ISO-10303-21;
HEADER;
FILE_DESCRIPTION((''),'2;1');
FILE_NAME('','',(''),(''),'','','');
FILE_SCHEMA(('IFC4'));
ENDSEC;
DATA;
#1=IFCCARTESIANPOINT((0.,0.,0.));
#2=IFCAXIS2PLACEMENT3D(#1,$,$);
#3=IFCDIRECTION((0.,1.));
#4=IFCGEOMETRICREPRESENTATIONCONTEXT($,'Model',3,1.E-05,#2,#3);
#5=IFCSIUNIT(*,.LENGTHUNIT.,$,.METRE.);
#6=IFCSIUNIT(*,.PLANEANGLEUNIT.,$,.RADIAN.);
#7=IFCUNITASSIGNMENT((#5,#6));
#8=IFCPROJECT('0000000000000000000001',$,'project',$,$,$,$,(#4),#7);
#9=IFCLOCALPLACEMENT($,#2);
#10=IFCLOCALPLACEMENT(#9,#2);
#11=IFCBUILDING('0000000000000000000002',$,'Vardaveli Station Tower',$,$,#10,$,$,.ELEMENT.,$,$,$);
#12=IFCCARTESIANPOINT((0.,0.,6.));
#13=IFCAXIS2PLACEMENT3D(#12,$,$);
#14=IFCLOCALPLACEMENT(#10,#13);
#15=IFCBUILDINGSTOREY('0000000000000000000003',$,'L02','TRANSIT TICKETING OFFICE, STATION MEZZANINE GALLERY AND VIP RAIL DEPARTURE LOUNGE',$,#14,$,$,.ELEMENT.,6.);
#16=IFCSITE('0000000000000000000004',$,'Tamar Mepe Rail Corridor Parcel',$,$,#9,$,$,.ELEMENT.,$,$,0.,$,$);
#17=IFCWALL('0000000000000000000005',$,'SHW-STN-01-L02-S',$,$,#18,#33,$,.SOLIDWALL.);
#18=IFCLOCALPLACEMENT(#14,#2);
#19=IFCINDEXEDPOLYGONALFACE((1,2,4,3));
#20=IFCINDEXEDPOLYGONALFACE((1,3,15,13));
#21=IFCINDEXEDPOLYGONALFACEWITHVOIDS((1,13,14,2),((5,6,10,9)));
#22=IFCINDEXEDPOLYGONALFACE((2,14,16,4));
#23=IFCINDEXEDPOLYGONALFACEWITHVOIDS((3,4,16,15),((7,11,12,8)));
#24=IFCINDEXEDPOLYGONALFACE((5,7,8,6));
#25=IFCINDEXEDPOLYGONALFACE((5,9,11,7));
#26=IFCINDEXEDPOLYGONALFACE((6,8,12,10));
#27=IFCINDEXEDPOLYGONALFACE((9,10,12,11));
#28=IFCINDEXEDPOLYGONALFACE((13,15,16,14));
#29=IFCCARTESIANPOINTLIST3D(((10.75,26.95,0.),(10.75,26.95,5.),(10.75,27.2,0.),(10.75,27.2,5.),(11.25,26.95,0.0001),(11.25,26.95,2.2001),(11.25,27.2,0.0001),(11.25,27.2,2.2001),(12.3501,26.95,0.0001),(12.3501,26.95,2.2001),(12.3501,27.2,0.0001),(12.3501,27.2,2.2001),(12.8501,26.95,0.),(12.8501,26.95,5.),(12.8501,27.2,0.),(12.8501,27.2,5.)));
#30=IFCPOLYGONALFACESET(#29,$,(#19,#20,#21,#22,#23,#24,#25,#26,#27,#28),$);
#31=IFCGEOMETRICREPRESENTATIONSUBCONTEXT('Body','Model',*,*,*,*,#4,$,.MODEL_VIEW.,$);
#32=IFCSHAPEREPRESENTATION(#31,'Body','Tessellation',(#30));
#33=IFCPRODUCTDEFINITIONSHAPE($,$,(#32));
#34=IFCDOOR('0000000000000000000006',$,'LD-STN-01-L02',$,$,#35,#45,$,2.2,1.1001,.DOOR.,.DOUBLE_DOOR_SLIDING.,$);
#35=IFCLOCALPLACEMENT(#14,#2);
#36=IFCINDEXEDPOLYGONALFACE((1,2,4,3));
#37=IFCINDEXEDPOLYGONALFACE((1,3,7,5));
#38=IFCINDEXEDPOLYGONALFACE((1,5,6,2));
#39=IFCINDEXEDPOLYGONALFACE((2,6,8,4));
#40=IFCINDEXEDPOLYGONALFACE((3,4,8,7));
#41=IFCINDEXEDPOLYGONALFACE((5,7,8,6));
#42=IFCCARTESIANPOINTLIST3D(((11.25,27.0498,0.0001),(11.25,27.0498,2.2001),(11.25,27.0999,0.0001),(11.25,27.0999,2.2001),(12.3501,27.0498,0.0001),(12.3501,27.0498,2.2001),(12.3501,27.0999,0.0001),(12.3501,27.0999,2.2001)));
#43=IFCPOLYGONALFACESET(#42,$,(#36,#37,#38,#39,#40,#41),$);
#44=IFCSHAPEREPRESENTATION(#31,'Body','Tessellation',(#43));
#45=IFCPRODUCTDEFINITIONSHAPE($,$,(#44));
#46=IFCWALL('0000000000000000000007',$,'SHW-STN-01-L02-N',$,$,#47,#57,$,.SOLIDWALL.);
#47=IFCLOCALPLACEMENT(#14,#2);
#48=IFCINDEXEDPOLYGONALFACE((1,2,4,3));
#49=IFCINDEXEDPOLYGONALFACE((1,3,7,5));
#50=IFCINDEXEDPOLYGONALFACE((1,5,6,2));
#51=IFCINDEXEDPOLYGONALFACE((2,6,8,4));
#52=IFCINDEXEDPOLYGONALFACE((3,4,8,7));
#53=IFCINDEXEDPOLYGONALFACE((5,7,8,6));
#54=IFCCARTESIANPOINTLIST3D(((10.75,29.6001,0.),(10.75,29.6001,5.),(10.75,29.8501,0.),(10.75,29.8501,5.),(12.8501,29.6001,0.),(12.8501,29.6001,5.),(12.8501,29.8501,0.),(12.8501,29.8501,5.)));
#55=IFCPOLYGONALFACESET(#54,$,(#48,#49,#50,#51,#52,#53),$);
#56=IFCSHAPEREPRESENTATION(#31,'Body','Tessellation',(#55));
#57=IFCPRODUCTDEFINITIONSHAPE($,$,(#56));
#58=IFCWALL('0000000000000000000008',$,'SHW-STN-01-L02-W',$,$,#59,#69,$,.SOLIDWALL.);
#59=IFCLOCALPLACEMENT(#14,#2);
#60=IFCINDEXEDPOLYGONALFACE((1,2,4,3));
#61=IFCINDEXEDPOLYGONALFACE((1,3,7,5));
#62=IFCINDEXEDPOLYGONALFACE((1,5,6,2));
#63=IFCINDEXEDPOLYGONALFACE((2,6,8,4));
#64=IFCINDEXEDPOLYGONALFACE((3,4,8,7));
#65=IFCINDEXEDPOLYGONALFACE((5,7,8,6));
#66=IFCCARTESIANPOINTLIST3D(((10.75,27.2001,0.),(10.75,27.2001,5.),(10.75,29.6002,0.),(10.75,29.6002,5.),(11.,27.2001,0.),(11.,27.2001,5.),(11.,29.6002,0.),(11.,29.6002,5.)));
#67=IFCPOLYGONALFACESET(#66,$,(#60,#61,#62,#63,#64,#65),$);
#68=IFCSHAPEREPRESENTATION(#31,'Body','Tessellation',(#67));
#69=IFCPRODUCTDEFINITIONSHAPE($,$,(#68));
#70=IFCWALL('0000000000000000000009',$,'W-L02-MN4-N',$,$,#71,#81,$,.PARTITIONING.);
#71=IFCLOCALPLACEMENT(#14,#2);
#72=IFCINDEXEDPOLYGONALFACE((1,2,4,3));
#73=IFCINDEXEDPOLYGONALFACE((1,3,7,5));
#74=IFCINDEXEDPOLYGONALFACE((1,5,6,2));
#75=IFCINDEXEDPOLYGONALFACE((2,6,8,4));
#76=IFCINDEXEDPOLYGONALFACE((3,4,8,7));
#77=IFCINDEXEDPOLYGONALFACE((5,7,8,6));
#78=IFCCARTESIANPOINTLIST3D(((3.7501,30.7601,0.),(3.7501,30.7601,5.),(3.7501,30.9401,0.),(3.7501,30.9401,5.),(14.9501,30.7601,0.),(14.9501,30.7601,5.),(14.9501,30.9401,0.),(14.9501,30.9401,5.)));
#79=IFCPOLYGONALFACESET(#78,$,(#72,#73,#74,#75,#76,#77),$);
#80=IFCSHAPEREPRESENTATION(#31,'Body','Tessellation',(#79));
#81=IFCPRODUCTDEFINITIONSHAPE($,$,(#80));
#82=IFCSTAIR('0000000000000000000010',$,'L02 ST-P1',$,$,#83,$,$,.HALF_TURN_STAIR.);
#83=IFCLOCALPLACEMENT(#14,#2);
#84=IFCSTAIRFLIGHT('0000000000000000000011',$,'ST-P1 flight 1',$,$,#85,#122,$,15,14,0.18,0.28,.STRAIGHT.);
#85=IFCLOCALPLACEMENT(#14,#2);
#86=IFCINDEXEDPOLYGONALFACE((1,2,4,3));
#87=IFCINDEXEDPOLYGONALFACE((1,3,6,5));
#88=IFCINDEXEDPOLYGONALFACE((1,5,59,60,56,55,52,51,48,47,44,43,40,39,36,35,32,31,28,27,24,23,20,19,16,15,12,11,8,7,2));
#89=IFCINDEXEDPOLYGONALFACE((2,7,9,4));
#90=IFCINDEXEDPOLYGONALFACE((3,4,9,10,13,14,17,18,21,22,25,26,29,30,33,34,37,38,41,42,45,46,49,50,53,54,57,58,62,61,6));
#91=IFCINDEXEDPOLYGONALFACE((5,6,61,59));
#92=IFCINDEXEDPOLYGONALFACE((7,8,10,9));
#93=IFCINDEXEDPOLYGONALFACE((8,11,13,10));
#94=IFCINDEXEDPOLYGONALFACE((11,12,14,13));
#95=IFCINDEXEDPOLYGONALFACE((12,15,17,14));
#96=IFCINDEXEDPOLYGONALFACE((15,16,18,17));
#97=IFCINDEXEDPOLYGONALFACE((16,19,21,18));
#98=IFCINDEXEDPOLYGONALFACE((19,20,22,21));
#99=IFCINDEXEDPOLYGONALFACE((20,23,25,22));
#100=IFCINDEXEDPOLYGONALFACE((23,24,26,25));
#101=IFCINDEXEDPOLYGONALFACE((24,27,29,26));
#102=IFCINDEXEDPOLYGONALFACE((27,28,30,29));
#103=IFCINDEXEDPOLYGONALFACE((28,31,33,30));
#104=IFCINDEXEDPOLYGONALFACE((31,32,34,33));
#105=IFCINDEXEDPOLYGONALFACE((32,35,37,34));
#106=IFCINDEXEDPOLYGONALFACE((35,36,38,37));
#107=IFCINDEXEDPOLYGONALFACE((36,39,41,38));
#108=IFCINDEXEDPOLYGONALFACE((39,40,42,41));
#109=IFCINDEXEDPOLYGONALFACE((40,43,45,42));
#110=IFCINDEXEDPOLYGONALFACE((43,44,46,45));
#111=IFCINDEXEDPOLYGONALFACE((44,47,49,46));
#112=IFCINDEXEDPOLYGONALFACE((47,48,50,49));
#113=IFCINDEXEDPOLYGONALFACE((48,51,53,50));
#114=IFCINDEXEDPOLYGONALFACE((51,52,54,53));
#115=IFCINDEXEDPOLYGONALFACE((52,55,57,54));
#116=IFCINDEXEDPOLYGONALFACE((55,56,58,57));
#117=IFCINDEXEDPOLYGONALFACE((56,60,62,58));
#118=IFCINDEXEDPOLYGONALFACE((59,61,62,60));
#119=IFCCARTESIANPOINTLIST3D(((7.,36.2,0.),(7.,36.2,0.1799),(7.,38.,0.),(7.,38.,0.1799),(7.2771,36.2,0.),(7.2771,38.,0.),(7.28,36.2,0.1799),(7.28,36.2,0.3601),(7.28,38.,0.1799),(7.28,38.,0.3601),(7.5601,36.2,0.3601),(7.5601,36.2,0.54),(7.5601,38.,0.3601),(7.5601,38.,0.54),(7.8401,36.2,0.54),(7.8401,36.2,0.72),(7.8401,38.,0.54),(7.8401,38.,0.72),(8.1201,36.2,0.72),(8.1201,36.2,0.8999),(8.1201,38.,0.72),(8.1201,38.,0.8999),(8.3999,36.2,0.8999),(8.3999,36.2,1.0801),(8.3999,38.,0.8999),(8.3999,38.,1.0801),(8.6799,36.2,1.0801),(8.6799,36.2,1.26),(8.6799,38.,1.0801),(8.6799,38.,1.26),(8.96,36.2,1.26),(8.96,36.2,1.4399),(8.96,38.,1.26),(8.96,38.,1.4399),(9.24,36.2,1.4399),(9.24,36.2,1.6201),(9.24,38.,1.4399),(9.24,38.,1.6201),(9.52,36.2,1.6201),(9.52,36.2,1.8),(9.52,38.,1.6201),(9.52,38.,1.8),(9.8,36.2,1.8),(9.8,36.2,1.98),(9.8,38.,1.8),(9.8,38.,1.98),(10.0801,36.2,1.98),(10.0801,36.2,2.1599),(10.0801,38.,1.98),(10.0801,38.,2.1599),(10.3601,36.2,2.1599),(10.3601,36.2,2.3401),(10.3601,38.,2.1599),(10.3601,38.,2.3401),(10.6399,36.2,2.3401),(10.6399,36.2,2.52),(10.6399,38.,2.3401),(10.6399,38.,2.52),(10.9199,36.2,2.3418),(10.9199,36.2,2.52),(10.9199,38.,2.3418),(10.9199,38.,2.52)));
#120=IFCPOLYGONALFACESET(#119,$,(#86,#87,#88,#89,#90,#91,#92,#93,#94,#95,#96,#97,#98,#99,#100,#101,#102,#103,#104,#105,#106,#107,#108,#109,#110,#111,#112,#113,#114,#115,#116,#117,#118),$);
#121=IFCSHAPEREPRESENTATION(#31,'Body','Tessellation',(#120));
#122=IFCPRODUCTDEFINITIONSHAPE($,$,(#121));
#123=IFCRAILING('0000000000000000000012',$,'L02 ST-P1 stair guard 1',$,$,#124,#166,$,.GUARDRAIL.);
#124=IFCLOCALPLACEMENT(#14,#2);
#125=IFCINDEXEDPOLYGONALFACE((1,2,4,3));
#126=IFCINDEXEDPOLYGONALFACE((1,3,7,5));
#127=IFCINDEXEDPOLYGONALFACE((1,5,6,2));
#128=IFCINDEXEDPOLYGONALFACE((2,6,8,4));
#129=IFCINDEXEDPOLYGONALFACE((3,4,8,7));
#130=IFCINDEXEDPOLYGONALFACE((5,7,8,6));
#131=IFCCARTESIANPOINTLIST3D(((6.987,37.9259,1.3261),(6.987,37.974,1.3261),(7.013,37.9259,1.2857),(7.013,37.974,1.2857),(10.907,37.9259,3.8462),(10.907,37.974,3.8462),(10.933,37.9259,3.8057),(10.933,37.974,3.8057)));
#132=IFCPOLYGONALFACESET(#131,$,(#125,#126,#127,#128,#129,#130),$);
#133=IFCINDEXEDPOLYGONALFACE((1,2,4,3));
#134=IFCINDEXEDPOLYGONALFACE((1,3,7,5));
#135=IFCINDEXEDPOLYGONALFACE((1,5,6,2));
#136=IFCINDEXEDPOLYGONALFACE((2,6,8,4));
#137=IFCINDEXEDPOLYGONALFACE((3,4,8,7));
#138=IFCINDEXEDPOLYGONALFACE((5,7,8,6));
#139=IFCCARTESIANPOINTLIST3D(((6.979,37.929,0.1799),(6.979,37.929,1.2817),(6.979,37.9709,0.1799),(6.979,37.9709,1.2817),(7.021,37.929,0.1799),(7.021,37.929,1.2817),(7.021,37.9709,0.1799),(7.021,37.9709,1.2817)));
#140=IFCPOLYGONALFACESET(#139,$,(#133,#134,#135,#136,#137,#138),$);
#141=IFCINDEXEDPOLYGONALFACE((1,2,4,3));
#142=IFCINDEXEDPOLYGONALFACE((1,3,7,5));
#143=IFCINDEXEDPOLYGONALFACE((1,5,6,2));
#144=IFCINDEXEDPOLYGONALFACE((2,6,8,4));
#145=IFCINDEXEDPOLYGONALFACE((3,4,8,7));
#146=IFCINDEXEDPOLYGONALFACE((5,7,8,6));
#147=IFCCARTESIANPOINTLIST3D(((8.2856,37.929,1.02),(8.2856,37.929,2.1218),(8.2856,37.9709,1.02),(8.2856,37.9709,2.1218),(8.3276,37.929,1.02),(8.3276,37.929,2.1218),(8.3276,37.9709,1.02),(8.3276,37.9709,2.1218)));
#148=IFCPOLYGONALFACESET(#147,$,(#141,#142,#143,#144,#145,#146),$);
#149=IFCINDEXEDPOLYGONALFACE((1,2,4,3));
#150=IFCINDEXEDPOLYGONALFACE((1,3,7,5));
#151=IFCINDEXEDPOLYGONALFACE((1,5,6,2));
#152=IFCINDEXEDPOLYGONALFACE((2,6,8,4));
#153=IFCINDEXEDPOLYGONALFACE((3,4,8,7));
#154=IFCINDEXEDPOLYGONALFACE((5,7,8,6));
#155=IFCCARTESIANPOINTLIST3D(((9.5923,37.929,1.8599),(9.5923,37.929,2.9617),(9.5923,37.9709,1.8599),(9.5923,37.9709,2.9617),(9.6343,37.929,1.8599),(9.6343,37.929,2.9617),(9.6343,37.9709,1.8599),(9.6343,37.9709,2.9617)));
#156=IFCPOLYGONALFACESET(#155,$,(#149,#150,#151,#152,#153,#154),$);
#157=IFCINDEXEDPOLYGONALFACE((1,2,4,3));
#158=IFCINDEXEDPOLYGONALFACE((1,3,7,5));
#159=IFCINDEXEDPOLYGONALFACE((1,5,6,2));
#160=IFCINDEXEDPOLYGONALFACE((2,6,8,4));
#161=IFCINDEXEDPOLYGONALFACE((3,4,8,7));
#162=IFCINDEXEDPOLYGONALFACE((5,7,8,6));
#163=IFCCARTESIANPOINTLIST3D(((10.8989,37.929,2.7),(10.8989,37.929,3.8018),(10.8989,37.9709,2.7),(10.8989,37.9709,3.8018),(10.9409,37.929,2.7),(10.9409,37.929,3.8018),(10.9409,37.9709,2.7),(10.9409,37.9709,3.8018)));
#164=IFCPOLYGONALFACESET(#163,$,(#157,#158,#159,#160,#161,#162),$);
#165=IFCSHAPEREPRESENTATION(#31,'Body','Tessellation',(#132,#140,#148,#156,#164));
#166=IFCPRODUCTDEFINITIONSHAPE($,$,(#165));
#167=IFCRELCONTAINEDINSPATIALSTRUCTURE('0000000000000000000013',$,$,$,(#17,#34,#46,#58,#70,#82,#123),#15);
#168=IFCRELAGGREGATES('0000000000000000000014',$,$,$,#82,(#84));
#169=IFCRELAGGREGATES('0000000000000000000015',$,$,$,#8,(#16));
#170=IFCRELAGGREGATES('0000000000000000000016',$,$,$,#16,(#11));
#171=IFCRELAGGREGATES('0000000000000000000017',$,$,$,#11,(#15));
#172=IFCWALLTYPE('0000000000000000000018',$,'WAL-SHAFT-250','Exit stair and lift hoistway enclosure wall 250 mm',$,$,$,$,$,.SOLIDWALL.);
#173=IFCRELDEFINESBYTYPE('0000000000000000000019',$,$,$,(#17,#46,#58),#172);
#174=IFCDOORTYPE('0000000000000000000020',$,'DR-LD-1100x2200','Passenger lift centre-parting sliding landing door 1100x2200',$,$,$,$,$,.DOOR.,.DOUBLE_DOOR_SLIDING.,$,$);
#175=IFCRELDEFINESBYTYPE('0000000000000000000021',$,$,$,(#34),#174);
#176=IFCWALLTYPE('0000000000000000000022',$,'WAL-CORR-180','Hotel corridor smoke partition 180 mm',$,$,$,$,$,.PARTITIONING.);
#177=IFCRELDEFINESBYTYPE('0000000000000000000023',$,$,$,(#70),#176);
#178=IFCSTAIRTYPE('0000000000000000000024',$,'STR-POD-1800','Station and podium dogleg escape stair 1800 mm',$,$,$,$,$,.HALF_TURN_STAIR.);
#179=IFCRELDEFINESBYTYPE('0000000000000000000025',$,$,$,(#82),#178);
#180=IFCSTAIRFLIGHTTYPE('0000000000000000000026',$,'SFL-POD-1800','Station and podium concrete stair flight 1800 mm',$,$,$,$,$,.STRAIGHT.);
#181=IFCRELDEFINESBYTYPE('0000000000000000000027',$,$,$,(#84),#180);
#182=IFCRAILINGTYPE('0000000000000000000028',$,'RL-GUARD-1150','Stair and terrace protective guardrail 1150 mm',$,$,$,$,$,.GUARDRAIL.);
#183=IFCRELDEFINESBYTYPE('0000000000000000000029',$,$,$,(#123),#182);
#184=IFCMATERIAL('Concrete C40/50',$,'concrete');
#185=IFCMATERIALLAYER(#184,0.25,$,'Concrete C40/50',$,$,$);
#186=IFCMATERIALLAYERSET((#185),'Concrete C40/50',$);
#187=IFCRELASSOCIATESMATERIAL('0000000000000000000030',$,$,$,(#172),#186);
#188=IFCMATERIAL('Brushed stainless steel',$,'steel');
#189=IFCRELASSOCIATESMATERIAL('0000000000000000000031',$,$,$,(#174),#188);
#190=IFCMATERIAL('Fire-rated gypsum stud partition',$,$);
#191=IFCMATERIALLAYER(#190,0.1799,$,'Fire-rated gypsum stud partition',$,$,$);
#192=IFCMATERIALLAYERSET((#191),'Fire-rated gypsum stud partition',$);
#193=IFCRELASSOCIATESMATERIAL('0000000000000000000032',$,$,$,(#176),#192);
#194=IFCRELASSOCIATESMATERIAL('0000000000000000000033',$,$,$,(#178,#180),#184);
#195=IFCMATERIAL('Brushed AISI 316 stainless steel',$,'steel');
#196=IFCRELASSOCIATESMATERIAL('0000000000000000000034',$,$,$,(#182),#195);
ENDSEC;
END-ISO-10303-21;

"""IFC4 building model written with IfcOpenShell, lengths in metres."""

from ifc_helpers import new_model, si_unit, direction, frame, frame_2d, origin, origin_2d, place, context, subcontext, project, spatial, polyline, rectangle, outline, extrude, source, transform, mapped, material, layer, layer_set, type_object, element, fill, aggregate, save


model = new_model("IFC4")

# Units and contexts
model_context = context("Model", 3, precision=1e-05, world=origin(), true_north=direction((0.0, 1.0)))
body_context = subcontext(model_context, "Body", "Model", "MODEL_VIEW")
ifc_project = project(units=[si_unit("LENGTHUNIT", "METRE"), si_unit("PLANEANGLEUNIT", "RADIAN")], contexts=[model_context])

# Site, building, storey
site_placement = place(None, origin())
site = spatial("IfcSite", under=ifc_project, at=site_placement, Name="Tamar Mepe Rail Corridor Parcel", CompositionType="ELEMENT", RefElevation=0.0)
building_placement = place(site_placement, origin())
building = spatial("IfcBuilding", under=site, at=building_placement, Name="Vardaveli Station Tower", CompositionType="ELEMENT")
storey_placement = place(building_placement, frame((0.0, 0.0, 6.0)))
storey = spatial("IfcBuildingStorey", under=building, at=storey_placement, Name="L02", Description="TRANSIT TICKETING OFFICE, STATION MEZZANINE GALLERY AND VIP RAIL DEPARTURE LOUNGE", CompositionType="ELEMENT", Elevation=6.0)

# Shared definitions
ifc_material_1 = material(Name="Concrete C40/50", Category="concrete")
ifc_layer_1 = layer(ifc_material_1, 0.25, Name="Concrete C40/50")
ifc_layer_set_1 = layer_set([ifc_layer_1], Name="Concrete C40/50")
wall_type_1 = type_object("IfcWallType", Name="WAL-SHAFT-250", Description="Exit stair and lift hoistway enclosure wall 250 mm", PredefinedType="SOLIDWALL", material=ifc_layer_set_1)

# Wall, opening, door
shared_shape_1 = source(origin(), body_context, "Body", "SweptSolid", [
    extrude(rectangle(XDim=1.1001, YDim=2.2, at=frame_2d((0.55, 1.1001))), frame((0.0, 0.135, 0.0), z_axis=(0.0, -1.0, 0.0), x_axis=(1.0, 0.0, 0.0)), (0.0, 0.0, 1.0), 0.27),
])
shared_shape_2 = source(origin(), body_context, "Body", "SweptSolid", [
    extrude(rectangle(XDim=1.1001, YDim=2.2, at=frame_2d((0.55, 1.1001))), frame((0.0, 0.0249, 0.0), z_axis=(0.0, -1.0, 0.0), x_axis=(1.0, 0.0, 0.0)), (0.0, 0.0, 1.0), 0.05),
])
shared_shape_3 = source(origin(), body_context, "Body", "SweptSolid", [
    extrude(rectangle(XDim=2.1001, YDim=0.25, at=frame_2d((1.05, 0.0))), origin(), (0.0, 0.0, 1.0), 5.0),
])
wall_1_placement = place(storey_placement, frame((10.75, 27.075, 0.0), z_axis=(0.0, 0.0, 1.0), x_axis=(1.0, 0.0, 0.0)))
wall_1 = element("IfcWall", 1, at=wall_1_placement, inside=storey, type_object=wall_type_1, Name="SHW-STN-01-L02-S", PredefinedType="SOLIDWALL", context=body_context, shape_type="MappedRepresentation", body=[
    mapped(shared_shape_3, transform((0.0, 0.0, 0.0), scale=1.0)),
])
opening_1_placement = place(wall_1_placement, frame((0.5, 0.0, 0.0)))
opening_1 = element("IfcOpeningElement", 2, at=opening_1_placement, cuts=wall_1, PredefinedType="OPENING", context=body_context, shape_type="MappedRepresentation", body=[
    mapped(shared_shape_1, transform((0.0, 0.0, 0.0), scale=1.0)),
])
ifc_material_2 = material(Name="Brushed stainless steel", Category="steel")
door_type_1 = type_object("IfcDoorType", Name="DR-LD-1100x2200", Description="Passenger lift centre-parting sliding landing door 1100x2200", OperationType="DOUBLE_DOOR_SLIDING", PredefinedType="DOOR", material=ifc_material_2)
door_1_placement = place(opening_1_placement, origin())
door_1 = element("IfcDoor", 3, at=door_1_placement, inside=storey, type_object=door_type_1, Name="LD-STN-01-L02", OperationType="DOUBLE_DOOR_SLIDING", OverallHeight=2.2, OverallWidth=1.1001, PredefinedType="DOOR", context=body_context, shape_type="MappedRepresentation", body=[
    mapped(shared_shape_2, transform((0.0, 0.0, 0.0), scale=1.0)),
])
fill(opening_1, door_1)

# Walls
wall_2_placement = place(storey_placement, frame((10.75, 29.7251, 0.0), z_axis=(0.0, 0.0, 1.0), x_axis=(1.0, 0.0, 0.0)))
element("IfcWall", 4, at=wall_2_placement, inside=storey, type_object=wall_type_1, Name="SHW-STN-01-L02-N", PredefinedType="SOLIDWALL", context=body_context, shape_type="MappedRepresentation", body=[
    mapped(shared_shape_3, transform((0.0, 0.0, 0.0), scale=1.0)),
])
shared_shape_4 = source(origin(), body_context, "Body", "SweptSolid", [
    extrude(rectangle(XDim=2.4001, YDim=0.25, at=frame_2d((1.2002, 0.0))), origin(), (0.0, 0.0, 1.0), 5.0),
])
wall_3_placement = place(storey_placement, frame((10.875, 27.2, 0.0), z_axis=(0.0, 0.0, 1.0), x_axis=(0.0, 1.0, 0.0)))
element("IfcWall", 5, at=wall_3_placement, inside=storey, type_object=wall_type_1, Name="SHW-STN-01-L02-W", PredefinedType="SOLIDWALL", context=body_context, shape_type="MappedRepresentation", body=[
    mapped(shared_shape_4, transform((0.0, 0.0, 0.0), scale=1.0)),
])
ifc_material_3 = material(Name="Fire-rated gypsum stud partition")
ifc_layer_2 = layer(ifc_material_3, 0.1799, Name="Fire-rated gypsum stud partition")
ifc_layer_set_2 = layer_set([ifc_layer_2], Name="Fire-rated gypsum stud partition")
wall_type_2 = type_object("IfcWallType", Name="WAL-CORR-180", Description="Hotel corridor smoke partition 180 mm", PredefinedType="PARTITIONING", material=ifc_layer_set_2)
shared_shape_5 = source(origin(), body_context, "Body", "SweptSolid", [
    extrude(rectangle(XDim=11.2, YDim=0.1799, at=frame_2d((5.6001, 0.0))), origin(), (0.0, 0.0, 1.0), 5.0),
])
wall_4_placement = place(storey_placement, frame((3.75, 30.8501, 0.0), z_axis=(0.0, 0.0, 1.0), x_axis=(1.0, 0.0, 0.0)))
element("IfcWall", 6, at=wall_4_placement, inside=storey, type_object=wall_type_2, Name="W-L02-MN4-N", PredefinedType="PARTITIONING", context=body_context, shape_type="MappedRepresentation", body=[
    mapped(shared_shape_5, transform((0.0, 0.0, 0.0), scale=1.0)),
])

# Stair, stair flight
stair_type = type_object("IfcStairType", Name="STR-POD-1800", Description="Station and podium dogleg escape stair 1800 mm", PredefinedType="HALF_TURN_STAIR", material=ifc_material_1)
stair_placement = place(storey_placement, origin())
stair = element("IfcStair", 7, at=stair_placement, inside=storey, type_object=stair_type, Name="L02 ST-P1", PredefinedType="HALF_TURN_STAIR")
stair_flight_type = type_object("IfcStairFlightType", Name="SFL-POD-1800", Description="Station and podium concrete stair flight 1800 mm", PredefinedType="STRAIGHT", material=ifc_material_1)
shared_shape_6 = source(origin(), body_context, "Body", "SweptSolid", [
    extrude(outline(polyline([(0.0, 0.0), (0.0, 0.1799), (0.28, 0.1799), (0.28, 0.3601), (0.5601, 0.3601), (0.5601, 0.54), (0.8401, 0.54), (0.8401, 0.72), (1.1201, 0.72), (1.1201, 0.8999), (1.3999, 0.8999), (1.3999, 1.0801), (1.6799, 1.0801), (1.6799, 1.26), (1.96, 1.26), (1.96, 1.4399), (2.24, 1.4399), (2.24, 1.6201), (2.52, 1.6201), (2.52, 1.8), (2.8, 1.8), (2.8, 1.98), (3.0801, 1.98), (3.0801, 2.1599), (3.3601, 2.1599), (3.3601, 2.3401), (3.6399, 2.3401), (3.6399, 2.52), (3.9199, 2.52), (3.9199, 2.7), (3.9199, 2.3418), (0.2771, 0.0), (0.0, 0.0)])), frame((0.0, 0.8999, 0.0), z_axis=(0.0, -1.0, 0.0), x_axis=(1.0, 0.0, 0.0)), (0.0, 0.0, 1.0), 1.8),
])
stair_flight_placement = place(storey_placement, frame((7.0, 37.1001, 0.0), z_axis=(0.0, 0.0, 1.0), x_axis=(1.0, 0.0, 0.0)))
stair_flight = element("IfcStairFlight", 8, at=stair_flight_placement, type_object=stair_flight_type, Name="ST-P1 flight 1", NumberOfRisers=15, NumberOfTreads=14, PredefinedType="STRAIGHT", RiserHeight=0.18, TreadLength=0.28, context=body_context, shape_type="MappedRepresentation", body=[
    mapped(shared_shape_6, transform((0.0, 0.0, 0.0), scale=1.0)),
])
aggregate(stair, [stair_flight])

# Railing
ifc_material_4 = material(Name="Brushed AISI 316 stainless steel", Category="steel")
railing_type_1 = type_object("IfcRailingType", Name="RL-GUARD-1150", Description="Stair and terrace protective guardrail 1150 mm", PredefinedType="GUARDRAIL", material=ifc_material_4)
shared_shape_7 = source(origin(), body_context, "Body", "SweptSolid", [
    extrude(rectangle(XDim=0.0481, YDim=0.0481, at=origin_2d()), frame((0.0, 0.0, 1.126), z_axis=(0.841172, 0.0, 0.540768), x_axis=(0.0, 1.0, 0.0)), (0.0, 0.0, 1.0), 4.6602),
    extrude(rectangle(XDim=0.042, YDim=0.042, at=origin_2d()), origin(), (0.0, 0.0, 1.0), 1.1018),
    extrude(rectangle(XDim=0.042, YDim=0.042, at=origin_2d()), frame((1.3066, 0.0, 0.8401)), (0.0, 0.0, 1.0), 1.1018),
    extrude(rectangle(XDim=0.042, YDim=0.042, at=origin_2d()), frame((2.6133, 0.0, 1.6799)), (0.0, 0.0, 1.0), 1.1018),
    extrude(rectangle(XDim=0.042, YDim=0.042, at=origin_2d()), frame((3.9199, 0.0, 2.52)), (0.0, 0.0, 1.0), 1.1018),
])
railing_1_placement = place(storey_placement, frame((7.0, 37.95, 0.1799)))
element("IfcRailing", 9, at=railing_1_placement, inside=storey, type_object=railing_type_1, Name="L02 ST-P1 stair guard 1", PredefinedType="GUARDRAIL", context=body_context, shape_type="MappedRepresentation", body=[
    mapped(shared_shape_7, transform((0.0, 0.0, 0.0), scale=1.0)),
])

save(model, "model.ifc")
